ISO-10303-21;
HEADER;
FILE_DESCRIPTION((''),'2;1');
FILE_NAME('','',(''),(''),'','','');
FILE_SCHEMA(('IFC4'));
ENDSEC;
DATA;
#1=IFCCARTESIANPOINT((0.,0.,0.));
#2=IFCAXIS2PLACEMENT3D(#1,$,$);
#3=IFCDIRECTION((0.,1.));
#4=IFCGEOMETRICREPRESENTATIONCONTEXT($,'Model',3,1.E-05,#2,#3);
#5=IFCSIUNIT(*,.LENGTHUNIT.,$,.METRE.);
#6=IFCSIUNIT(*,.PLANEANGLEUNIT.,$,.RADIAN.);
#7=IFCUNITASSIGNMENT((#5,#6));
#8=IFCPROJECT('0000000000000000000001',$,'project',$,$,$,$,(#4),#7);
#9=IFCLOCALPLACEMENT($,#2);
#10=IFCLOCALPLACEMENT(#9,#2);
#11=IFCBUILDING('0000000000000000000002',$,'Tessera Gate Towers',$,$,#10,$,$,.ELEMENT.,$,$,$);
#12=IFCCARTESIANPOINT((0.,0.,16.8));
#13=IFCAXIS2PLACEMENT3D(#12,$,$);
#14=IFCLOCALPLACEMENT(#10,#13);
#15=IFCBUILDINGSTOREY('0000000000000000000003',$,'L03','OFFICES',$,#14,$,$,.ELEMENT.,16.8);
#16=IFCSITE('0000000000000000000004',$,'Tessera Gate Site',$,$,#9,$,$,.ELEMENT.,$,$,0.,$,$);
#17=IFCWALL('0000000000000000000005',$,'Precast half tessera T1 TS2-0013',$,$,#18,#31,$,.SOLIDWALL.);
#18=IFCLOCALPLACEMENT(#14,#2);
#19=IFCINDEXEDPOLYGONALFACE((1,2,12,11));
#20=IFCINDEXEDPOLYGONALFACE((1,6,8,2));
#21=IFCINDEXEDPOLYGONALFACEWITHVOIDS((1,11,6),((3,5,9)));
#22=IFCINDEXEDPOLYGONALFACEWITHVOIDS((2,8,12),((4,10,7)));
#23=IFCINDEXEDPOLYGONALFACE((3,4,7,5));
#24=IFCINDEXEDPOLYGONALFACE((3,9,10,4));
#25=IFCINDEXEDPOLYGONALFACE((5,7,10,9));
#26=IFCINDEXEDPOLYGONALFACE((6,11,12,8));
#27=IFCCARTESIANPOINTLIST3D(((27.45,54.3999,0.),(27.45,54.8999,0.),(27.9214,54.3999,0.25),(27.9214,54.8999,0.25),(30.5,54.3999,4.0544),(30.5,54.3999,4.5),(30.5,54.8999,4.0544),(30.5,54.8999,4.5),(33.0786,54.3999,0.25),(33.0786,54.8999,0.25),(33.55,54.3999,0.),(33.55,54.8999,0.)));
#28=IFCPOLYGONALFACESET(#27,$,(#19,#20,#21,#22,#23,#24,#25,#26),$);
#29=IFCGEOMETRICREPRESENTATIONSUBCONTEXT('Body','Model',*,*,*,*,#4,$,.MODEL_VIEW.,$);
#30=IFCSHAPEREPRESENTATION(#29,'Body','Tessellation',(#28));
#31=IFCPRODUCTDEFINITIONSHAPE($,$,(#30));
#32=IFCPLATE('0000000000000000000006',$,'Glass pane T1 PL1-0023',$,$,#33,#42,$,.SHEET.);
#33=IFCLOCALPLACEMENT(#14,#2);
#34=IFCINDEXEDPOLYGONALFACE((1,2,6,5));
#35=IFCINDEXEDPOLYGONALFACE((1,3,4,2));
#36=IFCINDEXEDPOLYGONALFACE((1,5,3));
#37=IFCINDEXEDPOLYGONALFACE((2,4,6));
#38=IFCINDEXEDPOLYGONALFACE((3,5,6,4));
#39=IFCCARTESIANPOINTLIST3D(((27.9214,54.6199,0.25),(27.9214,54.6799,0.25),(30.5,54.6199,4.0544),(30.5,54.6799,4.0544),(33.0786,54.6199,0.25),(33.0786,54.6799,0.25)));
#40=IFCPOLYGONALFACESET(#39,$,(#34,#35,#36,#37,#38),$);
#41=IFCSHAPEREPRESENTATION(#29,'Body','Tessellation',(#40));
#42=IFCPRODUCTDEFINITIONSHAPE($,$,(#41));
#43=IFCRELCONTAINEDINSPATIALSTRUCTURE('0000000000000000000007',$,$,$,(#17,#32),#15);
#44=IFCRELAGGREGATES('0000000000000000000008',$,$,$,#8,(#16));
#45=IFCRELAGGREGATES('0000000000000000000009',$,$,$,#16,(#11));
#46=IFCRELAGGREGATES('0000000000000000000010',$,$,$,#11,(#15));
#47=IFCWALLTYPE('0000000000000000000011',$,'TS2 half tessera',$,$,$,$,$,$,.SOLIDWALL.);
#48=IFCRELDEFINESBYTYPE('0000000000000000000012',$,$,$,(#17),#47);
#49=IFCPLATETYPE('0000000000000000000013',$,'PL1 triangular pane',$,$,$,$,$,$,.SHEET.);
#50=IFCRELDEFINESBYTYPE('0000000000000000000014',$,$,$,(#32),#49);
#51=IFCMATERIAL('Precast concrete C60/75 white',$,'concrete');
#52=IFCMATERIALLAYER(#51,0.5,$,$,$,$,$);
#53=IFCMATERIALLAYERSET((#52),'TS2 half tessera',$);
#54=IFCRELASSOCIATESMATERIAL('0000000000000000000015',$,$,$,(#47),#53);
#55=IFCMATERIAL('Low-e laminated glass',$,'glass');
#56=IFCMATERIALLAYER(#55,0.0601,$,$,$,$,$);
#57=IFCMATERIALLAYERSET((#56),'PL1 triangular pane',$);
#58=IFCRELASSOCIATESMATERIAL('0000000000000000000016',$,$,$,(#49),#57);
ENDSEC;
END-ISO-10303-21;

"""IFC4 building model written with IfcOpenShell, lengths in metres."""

from ifc_helpers import new_model, si_unit, direction, frame, origin, place, context, subcontext, project, spatial, polyline, outline, extrude, source, transform, mapped, material, layer, layer_set, type_object, element, fill, save


model = new_model("IFC4")

# Units and contexts
model_context = context("Model", 3, precision=1e-05, world=origin(), true_north=direction((0.0, 1.0)))
body_context = subcontext(model_context, "Body", "Model", "MODEL_VIEW")
ifc_project = project(units=[si_unit("LENGTHUNIT", "METRE"), si_unit("PLANEANGLEUNIT", "RADIAN")], contexts=[model_context])

# Site, building, storey
site_placement = place(None, origin())
site = spatial("IfcSite", under=ifc_project, at=site_placement, Name="Tessera Gate Site", CompositionType="ELEMENT", RefElevation=0.0)
building_placement = place(site_placement, origin())
building = spatial("IfcBuilding", under=site, at=building_placement, Name="Tessera Gate Towers", CompositionType="ELEMENT")
storey_placement = place(building_placement, frame((0.0, 0.0, 16.8)))
storey = spatial("IfcBuildingStorey", under=building, at=storey_placement, Name="L03", Description="OFFICES", CompositionType="ELEMENT", Elevation=16.8)

# Wall, opening, plate
ifc_material_1 = material(Name="Precast concrete C60/75 white", Category="concrete")
ifc_layer_1 = layer(ifc_material_1, 0.5)
ifc_layer_set_1 = layer_set([ifc_layer_1], Name="TS2 half tessera")
wall_type_1 = type_object("IfcWallType", Name="TS2 half tessera", PredefinedType="SOLIDWALL", material=ifc_layer_set_1)
shared_shape_1 = source(origin(), body_context, "Body", "SweptSolid", [
    extrude(outline(polyline([(6.1001, 0.0), (3.05, 4.5), (0.0, 0.0), (6.1001, 0.0)])), frame((0.0, 0.25, 0.0), z_axis=(0.0, -1.0, 0.0), x_axis=(1.0, 0.0, 0.0)), (0.0, 0.0, 1.0), 0.5),
])
wall_1_placement = place(storey_placement, frame((33.55, 54.6499, 0.0), z_axis=(0.0, 0.0, 1.0), x_axis=(-1.0, 0.0, 0.0)))
wall_1 = element("IfcWall", 1, at=wall_1_placement, inside=storey, type_object=wall_type_1, Name="Precast half tessera T1 TS2-0013", PredefinedType="SOLIDWALL", context=body_context, shape_type="MappedRepresentation", body=[
    mapped(shared_shape_1, transform((0.0, 0.0, 0.0), scale=1.0)),
])
shared_shape_2 = source(origin(), body_context, "Body", "SweptSolid", [
    extrude(outline(polyline([(5.6287, 0.25), (3.05, 4.0544), (0.4714, 0.25), (5.6287, 0.25)])), frame((0.0, 0.26, 0.0), z_axis=(0.0, -1.0, 0.0), x_axis=(1.0, 0.0, 0.0)), (0.0, 0.0, 1.0), 0.52),
])
opening_1_placement = place(wall_1_placement, origin())
opening_1 = element("IfcOpeningElement", 2, at=opening_1_placement, cuts=wall_1, PredefinedType="OPENING", context=body_context, shape_type="MappedRepresentation", body=[
    mapped(shared_shape_2, transform((0.0, 0.0, 0.0), scale=1.0)),
])
ifc_material_2 = material(Name="Low-e laminated glass", Category="glass")
ifc_layer_2 = layer(ifc_material_2, 0.0601)
ifc_layer_set_2 = layer_set([ifc_layer_2], Name="PL1 triangular pane")
plate_type = type_object("IfcPlateType", Name="PL1 triangular pane", PredefinedType="SHEET", material=ifc_layer_set_2)
shared_shape_3 = source(origin(), body_context, "Body", "SweptSolid", [
    extrude(outline(polyline([(5.6287, 0.25), (3.05, 4.0544), (0.4714, 0.25), (5.6287, 0.25)])), frame((0.0, 0.03, 0.0), z_axis=(0.0, -1.0, 0.0), x_axis=(1.0, 0.0, 0.0)), (0.0, 0.0, 1.0), 0.0601),
])
plate_placement = place(opening_1_placement, origin())
plate = element("IfcPlate", 3, at=plate_placement, inside=storey, type_object=plate_type, Name="Glass pane T1 PL1-0023", PredefinedType="SHEET", context=body_context, shape_type="MappedRepresentation", body=[
    mapped(shared_shape_3, transform((0.0, 0.0, 0.0), scale=1.0)),
])
fill(opening_1, plate)

save(model, "model.ifc")
